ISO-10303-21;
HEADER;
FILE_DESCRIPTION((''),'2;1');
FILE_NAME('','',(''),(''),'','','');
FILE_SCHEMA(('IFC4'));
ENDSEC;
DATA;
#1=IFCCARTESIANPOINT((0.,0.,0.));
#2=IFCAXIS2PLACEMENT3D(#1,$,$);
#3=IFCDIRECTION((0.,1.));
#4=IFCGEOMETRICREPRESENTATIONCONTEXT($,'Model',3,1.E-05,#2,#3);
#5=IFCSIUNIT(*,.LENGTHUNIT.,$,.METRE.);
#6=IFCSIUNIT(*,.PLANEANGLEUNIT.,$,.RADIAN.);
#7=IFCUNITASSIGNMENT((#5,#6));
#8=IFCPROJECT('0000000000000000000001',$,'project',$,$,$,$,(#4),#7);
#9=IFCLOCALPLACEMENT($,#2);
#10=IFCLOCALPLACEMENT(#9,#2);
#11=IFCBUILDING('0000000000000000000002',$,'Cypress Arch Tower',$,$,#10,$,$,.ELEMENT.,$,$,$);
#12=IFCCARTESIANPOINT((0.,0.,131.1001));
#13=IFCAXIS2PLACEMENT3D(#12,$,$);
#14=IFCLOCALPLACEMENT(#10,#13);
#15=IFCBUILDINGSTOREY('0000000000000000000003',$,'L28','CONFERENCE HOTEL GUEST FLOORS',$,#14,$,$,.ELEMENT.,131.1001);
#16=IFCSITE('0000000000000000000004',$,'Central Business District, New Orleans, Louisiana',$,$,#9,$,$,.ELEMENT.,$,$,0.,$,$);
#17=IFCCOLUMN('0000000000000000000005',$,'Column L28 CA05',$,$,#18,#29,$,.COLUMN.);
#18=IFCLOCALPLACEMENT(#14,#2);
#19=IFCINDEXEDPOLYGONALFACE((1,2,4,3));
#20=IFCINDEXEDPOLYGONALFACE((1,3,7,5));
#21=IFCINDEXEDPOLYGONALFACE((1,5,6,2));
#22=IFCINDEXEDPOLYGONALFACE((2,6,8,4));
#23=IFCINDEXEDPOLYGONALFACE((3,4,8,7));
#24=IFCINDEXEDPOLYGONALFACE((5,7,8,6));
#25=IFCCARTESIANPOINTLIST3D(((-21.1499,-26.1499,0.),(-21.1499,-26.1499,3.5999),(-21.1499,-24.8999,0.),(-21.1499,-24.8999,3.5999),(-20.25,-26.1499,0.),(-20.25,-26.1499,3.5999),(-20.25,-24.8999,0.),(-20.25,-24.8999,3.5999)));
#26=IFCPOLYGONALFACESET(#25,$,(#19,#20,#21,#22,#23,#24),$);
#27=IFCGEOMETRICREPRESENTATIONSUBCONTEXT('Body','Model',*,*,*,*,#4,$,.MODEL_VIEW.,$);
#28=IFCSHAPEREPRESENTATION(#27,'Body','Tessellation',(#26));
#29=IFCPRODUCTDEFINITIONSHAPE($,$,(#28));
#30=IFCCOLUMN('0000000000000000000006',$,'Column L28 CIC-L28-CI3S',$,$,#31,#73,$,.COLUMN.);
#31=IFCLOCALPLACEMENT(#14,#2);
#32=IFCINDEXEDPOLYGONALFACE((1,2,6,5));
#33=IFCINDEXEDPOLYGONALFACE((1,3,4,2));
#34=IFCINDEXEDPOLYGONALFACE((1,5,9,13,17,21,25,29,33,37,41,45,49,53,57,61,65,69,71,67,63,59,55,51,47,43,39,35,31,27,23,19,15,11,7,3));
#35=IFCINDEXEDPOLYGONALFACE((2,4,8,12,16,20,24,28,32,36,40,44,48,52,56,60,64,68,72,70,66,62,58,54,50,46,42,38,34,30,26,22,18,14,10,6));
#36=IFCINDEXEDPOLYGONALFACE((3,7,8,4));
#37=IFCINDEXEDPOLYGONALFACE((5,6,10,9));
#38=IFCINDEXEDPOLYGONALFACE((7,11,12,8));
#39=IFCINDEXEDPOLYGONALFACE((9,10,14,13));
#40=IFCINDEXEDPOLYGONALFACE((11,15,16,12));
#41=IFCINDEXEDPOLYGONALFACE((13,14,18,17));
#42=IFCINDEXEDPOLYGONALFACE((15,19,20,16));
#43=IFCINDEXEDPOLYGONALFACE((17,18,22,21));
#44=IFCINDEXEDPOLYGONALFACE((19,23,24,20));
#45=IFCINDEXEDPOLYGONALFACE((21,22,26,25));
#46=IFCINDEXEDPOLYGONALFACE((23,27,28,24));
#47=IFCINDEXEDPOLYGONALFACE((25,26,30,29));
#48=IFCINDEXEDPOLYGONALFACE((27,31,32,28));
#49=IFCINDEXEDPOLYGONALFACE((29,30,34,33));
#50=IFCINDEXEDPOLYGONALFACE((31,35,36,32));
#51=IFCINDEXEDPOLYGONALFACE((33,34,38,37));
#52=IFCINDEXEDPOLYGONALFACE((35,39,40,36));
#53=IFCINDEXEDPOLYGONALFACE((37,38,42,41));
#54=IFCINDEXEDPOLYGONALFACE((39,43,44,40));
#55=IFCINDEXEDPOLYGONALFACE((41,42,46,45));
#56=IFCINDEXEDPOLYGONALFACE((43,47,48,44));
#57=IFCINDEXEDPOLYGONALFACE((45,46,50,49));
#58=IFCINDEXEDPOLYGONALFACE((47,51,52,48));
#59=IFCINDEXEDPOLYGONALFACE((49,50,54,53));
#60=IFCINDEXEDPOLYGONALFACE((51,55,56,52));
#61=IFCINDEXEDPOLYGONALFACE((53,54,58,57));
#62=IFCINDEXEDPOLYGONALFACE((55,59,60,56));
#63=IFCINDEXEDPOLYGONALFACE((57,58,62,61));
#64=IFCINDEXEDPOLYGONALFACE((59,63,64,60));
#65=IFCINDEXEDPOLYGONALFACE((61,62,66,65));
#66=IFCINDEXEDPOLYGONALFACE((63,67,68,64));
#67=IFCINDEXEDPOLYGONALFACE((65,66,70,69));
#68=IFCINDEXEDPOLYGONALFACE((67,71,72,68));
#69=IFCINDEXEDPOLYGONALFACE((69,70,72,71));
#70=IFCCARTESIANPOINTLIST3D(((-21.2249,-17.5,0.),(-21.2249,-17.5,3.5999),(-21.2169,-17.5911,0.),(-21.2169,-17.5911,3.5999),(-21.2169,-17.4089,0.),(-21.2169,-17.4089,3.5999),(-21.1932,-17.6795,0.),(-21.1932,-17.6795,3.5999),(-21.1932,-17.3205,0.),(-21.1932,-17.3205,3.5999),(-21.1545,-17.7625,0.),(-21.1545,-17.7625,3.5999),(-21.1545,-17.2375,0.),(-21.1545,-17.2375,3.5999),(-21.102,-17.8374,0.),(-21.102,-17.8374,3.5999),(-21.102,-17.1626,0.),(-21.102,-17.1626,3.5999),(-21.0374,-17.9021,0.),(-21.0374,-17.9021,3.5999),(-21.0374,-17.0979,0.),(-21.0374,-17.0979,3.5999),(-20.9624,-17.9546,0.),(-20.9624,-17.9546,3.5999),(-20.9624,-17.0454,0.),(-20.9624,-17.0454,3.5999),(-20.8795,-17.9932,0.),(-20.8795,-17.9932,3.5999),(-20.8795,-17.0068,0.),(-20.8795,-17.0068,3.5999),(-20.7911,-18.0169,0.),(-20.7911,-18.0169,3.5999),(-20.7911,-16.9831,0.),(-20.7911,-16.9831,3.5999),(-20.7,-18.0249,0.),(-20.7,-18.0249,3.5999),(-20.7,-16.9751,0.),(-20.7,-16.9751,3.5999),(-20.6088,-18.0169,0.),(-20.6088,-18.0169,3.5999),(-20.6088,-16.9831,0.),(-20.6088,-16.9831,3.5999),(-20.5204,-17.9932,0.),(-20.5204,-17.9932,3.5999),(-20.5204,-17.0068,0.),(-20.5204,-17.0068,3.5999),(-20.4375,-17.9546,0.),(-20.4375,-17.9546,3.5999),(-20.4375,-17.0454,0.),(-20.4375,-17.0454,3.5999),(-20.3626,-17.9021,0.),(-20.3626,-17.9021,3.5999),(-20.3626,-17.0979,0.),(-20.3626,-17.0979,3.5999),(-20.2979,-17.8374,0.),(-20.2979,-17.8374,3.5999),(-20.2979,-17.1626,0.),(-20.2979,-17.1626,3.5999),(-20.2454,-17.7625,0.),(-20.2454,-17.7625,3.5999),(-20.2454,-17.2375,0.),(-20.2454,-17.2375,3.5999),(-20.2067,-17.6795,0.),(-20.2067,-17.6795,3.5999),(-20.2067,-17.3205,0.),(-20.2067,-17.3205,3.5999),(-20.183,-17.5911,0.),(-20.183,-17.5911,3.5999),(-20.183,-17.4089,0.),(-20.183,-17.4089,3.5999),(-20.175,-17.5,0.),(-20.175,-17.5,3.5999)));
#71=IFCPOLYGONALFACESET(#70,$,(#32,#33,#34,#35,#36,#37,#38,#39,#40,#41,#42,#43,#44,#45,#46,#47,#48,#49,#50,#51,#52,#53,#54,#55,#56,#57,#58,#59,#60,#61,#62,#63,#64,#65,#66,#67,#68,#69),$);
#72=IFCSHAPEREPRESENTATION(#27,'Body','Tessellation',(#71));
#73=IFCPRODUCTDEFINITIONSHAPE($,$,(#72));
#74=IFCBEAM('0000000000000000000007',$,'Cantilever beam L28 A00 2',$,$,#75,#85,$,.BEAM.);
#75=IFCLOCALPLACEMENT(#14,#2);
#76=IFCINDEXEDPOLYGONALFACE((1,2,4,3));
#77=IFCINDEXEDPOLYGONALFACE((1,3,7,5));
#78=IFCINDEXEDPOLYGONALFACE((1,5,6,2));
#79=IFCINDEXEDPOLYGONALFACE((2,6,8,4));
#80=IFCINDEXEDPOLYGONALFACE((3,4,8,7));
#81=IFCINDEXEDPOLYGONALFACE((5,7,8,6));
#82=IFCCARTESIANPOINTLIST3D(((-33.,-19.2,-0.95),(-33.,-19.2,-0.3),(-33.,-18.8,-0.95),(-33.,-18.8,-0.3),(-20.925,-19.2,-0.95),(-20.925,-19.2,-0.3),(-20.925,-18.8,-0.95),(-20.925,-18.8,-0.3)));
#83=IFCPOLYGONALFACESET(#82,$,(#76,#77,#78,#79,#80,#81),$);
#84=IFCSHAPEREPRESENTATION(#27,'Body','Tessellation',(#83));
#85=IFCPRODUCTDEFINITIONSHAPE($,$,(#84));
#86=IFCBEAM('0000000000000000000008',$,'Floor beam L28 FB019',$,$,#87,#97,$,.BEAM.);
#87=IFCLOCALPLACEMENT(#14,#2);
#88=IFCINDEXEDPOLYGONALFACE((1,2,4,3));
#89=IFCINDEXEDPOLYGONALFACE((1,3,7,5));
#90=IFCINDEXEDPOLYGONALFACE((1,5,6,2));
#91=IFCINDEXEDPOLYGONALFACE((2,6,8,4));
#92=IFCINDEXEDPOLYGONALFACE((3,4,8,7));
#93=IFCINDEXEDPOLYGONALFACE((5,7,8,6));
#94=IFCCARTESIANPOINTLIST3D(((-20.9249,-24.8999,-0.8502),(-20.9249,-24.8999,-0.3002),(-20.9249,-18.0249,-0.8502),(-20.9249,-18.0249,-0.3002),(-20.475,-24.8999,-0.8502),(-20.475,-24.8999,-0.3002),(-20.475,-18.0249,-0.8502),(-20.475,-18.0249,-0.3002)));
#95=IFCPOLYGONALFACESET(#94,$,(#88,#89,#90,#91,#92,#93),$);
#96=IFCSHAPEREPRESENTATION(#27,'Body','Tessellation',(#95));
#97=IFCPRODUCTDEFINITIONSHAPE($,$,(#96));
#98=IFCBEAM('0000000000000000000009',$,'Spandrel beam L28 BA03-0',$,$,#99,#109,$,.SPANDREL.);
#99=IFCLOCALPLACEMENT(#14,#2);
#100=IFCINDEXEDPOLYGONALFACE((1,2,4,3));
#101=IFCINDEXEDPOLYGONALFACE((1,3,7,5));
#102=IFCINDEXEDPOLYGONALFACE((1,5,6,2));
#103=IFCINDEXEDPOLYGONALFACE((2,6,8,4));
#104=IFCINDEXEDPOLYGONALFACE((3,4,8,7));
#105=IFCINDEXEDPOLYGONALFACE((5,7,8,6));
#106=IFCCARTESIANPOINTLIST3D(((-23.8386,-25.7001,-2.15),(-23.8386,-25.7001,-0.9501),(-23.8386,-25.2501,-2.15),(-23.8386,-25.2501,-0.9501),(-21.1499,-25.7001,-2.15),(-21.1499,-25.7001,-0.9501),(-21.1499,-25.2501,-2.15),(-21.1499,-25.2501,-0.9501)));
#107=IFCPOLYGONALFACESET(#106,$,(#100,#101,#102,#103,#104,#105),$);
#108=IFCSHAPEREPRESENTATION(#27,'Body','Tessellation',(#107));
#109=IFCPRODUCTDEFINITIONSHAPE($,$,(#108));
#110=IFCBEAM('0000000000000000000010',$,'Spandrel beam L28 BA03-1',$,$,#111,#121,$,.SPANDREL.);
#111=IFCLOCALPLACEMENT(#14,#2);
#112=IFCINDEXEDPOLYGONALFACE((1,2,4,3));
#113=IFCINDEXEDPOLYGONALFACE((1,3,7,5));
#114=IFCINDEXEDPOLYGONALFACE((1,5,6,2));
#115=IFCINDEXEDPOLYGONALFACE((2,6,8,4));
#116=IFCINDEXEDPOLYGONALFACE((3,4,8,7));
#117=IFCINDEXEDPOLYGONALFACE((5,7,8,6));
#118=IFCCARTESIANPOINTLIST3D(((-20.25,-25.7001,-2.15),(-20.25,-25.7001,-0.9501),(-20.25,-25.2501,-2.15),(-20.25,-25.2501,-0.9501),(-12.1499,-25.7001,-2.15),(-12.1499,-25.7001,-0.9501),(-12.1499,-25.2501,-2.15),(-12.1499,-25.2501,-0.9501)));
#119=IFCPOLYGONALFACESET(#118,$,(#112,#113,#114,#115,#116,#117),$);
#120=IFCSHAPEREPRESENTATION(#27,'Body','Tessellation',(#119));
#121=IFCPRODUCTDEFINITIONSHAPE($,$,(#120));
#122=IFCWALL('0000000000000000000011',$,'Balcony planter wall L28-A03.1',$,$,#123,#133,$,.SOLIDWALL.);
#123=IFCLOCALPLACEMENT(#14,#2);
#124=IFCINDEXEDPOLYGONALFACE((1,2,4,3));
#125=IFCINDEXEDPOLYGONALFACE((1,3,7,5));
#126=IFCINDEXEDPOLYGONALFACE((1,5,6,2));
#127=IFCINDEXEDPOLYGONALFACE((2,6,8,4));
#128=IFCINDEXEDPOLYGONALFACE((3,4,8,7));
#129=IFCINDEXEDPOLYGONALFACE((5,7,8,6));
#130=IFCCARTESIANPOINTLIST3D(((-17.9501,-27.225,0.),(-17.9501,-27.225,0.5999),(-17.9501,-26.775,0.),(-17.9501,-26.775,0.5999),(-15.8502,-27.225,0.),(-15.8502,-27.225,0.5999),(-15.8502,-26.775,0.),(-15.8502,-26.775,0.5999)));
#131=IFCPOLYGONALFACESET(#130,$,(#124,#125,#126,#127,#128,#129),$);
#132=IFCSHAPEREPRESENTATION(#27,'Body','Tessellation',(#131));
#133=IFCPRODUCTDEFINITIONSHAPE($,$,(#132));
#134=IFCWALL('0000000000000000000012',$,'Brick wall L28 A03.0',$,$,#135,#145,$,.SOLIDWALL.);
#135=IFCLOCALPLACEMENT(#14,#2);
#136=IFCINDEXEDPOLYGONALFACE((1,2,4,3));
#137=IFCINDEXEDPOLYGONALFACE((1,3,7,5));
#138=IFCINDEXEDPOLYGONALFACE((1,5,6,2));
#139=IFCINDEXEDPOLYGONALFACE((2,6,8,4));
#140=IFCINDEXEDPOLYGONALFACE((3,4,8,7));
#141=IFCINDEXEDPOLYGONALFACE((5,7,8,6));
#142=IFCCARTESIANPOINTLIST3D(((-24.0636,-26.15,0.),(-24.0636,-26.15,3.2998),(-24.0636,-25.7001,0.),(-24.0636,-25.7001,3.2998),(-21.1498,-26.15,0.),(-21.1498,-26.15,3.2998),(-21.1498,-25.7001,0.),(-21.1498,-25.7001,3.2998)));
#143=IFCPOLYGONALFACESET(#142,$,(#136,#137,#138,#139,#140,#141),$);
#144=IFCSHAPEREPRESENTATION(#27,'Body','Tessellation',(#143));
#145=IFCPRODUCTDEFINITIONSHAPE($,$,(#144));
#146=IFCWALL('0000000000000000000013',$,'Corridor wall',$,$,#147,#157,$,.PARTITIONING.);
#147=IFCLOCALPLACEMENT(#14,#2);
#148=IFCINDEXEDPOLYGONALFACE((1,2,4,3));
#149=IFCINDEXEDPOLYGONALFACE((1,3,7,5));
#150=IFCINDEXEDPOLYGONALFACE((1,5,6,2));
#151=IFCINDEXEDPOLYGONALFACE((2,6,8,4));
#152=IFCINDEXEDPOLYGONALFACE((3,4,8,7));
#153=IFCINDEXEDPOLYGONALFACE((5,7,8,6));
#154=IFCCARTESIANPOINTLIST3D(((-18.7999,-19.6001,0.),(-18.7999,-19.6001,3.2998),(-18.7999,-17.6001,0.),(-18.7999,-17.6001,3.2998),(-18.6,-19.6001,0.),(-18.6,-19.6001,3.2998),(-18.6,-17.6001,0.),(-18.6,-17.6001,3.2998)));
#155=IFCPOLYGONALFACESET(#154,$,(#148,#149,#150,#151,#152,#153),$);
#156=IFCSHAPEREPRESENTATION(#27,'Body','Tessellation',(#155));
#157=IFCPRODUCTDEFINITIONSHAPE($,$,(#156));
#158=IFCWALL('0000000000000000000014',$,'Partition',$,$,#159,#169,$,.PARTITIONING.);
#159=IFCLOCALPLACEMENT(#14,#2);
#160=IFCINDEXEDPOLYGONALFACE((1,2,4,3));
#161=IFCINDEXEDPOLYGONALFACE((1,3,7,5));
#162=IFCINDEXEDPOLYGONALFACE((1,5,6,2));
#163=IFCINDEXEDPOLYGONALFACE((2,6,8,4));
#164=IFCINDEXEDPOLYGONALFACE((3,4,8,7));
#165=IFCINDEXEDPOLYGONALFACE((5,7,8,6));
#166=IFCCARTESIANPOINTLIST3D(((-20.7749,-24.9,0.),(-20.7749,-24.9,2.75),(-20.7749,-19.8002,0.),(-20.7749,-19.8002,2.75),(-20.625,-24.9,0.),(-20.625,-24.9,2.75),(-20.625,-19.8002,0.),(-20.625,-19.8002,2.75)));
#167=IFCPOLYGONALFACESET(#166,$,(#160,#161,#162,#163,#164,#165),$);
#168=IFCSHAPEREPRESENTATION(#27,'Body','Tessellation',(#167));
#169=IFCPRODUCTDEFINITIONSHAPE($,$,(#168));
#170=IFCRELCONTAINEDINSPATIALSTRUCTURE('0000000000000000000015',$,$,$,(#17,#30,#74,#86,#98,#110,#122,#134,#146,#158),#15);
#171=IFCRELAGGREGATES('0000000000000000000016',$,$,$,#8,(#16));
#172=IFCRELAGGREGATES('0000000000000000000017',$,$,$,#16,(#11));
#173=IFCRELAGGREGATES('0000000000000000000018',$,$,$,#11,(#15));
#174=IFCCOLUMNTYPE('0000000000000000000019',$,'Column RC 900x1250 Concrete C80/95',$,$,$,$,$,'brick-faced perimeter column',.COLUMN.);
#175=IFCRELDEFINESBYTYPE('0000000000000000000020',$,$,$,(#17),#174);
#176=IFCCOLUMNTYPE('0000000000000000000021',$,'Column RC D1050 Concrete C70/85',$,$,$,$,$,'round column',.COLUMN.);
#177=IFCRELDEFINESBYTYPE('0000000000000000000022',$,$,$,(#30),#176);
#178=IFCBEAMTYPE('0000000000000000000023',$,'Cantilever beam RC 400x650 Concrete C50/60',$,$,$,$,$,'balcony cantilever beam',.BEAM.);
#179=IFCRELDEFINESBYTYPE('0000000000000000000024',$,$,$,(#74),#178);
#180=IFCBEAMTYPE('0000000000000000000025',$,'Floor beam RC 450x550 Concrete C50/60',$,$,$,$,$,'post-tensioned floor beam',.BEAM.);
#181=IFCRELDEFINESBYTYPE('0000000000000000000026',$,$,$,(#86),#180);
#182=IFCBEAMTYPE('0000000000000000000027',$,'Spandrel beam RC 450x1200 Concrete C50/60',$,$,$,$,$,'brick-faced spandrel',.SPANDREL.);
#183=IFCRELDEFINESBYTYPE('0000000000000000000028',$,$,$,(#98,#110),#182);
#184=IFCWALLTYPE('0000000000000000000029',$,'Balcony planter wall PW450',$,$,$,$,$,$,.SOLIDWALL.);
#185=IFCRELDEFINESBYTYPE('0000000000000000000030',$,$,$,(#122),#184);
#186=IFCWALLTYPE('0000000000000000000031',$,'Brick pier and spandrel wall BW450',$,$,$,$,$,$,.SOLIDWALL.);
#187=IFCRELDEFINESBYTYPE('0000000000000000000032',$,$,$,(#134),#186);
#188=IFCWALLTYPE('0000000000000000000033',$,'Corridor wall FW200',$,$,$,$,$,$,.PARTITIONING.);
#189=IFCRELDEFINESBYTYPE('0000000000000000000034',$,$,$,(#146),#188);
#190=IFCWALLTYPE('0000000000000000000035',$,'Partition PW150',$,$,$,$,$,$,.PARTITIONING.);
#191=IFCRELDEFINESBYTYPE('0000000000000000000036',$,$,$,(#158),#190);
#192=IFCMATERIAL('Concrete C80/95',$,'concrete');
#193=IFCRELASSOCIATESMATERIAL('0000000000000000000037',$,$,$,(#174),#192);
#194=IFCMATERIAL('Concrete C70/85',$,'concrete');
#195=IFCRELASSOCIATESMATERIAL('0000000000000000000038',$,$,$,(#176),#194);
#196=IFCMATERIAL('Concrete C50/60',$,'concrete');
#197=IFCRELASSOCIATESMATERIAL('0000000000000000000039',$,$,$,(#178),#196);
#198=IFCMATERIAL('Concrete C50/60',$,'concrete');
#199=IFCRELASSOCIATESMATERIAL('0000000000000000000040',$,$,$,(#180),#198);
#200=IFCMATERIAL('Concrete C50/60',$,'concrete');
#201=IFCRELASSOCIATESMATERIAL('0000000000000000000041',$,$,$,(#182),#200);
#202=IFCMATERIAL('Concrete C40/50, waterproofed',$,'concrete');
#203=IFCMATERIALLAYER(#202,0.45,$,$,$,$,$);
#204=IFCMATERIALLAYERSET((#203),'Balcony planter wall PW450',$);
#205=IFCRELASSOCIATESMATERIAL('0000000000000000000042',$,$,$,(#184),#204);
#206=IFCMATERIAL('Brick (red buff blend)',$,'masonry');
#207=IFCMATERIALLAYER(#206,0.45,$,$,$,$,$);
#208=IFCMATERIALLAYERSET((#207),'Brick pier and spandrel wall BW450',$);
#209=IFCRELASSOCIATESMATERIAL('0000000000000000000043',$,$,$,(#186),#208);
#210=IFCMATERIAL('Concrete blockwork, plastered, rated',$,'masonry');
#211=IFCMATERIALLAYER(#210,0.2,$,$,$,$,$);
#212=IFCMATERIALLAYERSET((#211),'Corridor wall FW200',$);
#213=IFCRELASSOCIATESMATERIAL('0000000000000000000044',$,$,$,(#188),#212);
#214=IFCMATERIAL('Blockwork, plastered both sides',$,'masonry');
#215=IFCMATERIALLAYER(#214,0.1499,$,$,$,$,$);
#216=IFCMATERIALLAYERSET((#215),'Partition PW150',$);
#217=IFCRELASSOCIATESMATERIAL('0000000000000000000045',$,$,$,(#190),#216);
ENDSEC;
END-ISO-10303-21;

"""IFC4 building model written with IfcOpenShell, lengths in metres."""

from ifc_helpers import new_model, si_unit, direction, frame, frame_2d, origin, origin_2d, place, context, subcontext, project, spatial, rectangle, circle, extrude, material, layer, layer_set, material_profile, profile_set, type_object, element, save


model = new_model("IFC4")

# Units and contexts
model_context = context("Model", 3, precision=1e-05, world=origin(), true_north=direction((0.0, 1.0)))
body_context = subcontext(model_context, "Body", "Model", "MODEL_VIEW")
ifc_project = project(units=[si_unit("LENGTHUNIT", "METRE"), si_unit("PLANEANGLEUNIT", "RADIAN")], contexts=[model_context])

# Site, building, storey
site_placement = place(None, origin())
site = spatial("IfcSite", under=ifc_project, at=site_placement, Name="Central Business District, New Orleans, Louisiana", CompositionType="ELEMENT", RefElevation=0.0)
building_placement = place(site_placement, origin())
building = spatial("IfcBuilding", under=site, at=building_placement, Name="Cypress Arch Tower", CompositionType="ELEMENT")
storey_placement = place(building_placement, frame((0.0, 0.0, 131.1001)))
storey = spatial("IfcBuildingStorey", under=building, at=storey_placement, Name="L28", Description="CONFERENCE HOTEL GUEST FLOORS", CompositionType="ELEMENT", Elevation=131.1001)

# Columns
ifc_material_1 = material(Name="Concrete C80/95", Category="concrete")
ifc_material_profile_1 = material_profile(ifc_material_1, rectangle(XDim=0.8999, YDim=1.25, at=origin_2d()), Name="RC 900x1250")
ifc_profile_set_1 = profile_set([ifc_material_profile_1], Name="Concrete C80/95")
column_type_1 = type_object("IfcColumnType", Name="Column RC 900x1250 Concrete C80/95", ElementType="brick-faced perimeter column", PredefinedType="COLUMN", material=ifc_profile_set_1)
column_1_placement = place(storey_placement, frame((-20.7, -25.5249, 0.0), z_axis=(0.0, 0.0, 1.0), x_axis=(1.0, 0.0, 0.0)))
element("IfcColumn", 1, at=column_1_placement, inside=storey, type_object=column_type_1, Name="Column L28 CA05", PredefinedType="COLUMN", context=body_context, shape_type="SweptSolid", body=[
    extrude(rectangle(XDim=0.8999, YDim=1.25, at=origin_2d()), origin(), (0.0, 0.0, 1.0), 3.5999),
])
ifc_material_2 = material(Name="Concrete C70/85", Category="concrete")
ifc_material_profile_2 = material_profile(ifc_material_2, circle(Radius=0.5249, at=origin_2d()), Name="RC D1050")
ifc_profile_set_2 = profile_set([ifc_material_profile_2], Name="Concrete C70/85")
column_type_2 = type_object("IfcColumnType", Name="Column RC D1050 Concrete C70/85", ElementType="round column", PredefinedType="COLUMN", material=ifc_profile_set_2)
column_2_placement = place(storey_placement, frame((-20.7, -17.5, 0.0), z_axis=(0.0, 0.0, 1.0), x_axis=(1.0, 0.0, 0.0)))
element("IfcColumn", 2, at=column_2_placement, inside=storey, type_object=column_type_2, Name="Column L28 CIC-L28-CI3S", PredefinedType="COLUMN", context=body_context, shape_type="SweptSolid", body=[
    extrude(circle(Radius=0.5249, at=origin_2d()), origin(), (0.0, 0.0, 1.0), 3.5999),
])

# Beams
ifc_material_3 = material(Name="Concrete C50/60", Category="concrete")
ifc_material_profile_3 = material_profile(ifc_material_3, rectangle(XDim=0.3999, YDim=0.6499, at=origin_2d()), Name="RC 400x650")
ifc_profile_set_3 = profile_set([ifc_material_profile_3], Name="Concrete C50/60")
beam_type_1 = type_object("IfcBeamType", Name="Cantilever beam RC 400x650 Concrete C50/60", ElementType="balcony cantilever beam", PredefinedType="BEAM", material=ifc_profile_set_3)
beam_1_placement = place(storey_placement, frame((-20.925, -19.0, -0.625), z_axis=(-1.0, 0.0, 0.0), x_axis=(0.0, -1.0, 0.0)))
element("IfcBeam", 3, at=beam_1_placement, inside=storey, type_object=beam_type_1, Name="Cantilever beam L28 A00 2", PredefinedType="BEAM", context=body_context, shape_type="SweptSolid", body=[
    extrude(rectangle(XDim=0.3999, YDim=0.6499, at=origin_2d()), origin(), (0.0, 0.0, 1.0), 12.075),
])
ifc_material_4 = material(Name="Concrete C50/60", Category="concrete")
ifc_material_profile_4 = material_profile(ifc_material_4, rectangle(XDim=0.45, YDim=0.55, at=origin_2d()), Name="RC 450x550")
ifc_profile_set_4 = profile_set([ifc_material_profile_4], Name="Concrete C50/60")
beam_type_2 = type_object("IfcBeamType", Name="Floor beam RC 450x550 Concrete C50/60", ElementType="post-tensioned floor beam", PredefinedType="BEAM", material=ifc_profile_set_4)
beam_2_placement = place(storey_placement, frame((-20.7, -24.8999, -0.5752), z_axis=(0.0, 1.0, 0.0), x_axis=(-1.0, 0.0, 0.0)))
element("IfcBeam", 4, at=beam_2_placement, inside=storey, type_object=beam_type_2, Name="Floor beam L28 FB019", PredefinedType="BEAM", context=body_context, shape_type="SweptSolid", body=[
    extrude(rectangle(XDim=0.45, YDim=0.55, at=origin_2d()), origin(), (0.0, 0.0, 1.0), 6.875),
])
ifc_material_5 = material(Name="Concrete C50/60", Category="concrete")
ifc_material_profile_5 = material_profile(ifc_material_5, rectangle(XDim=0.45, YDim=1.2, at=origin_2d()), Name="RC 450x1200")
ifc_profile_set_5 = profile_set([ifc_material_profile_5], Name="Concrete C50/60")
beam_type_3 = type_object("IfcBeamType", Name="Spandrel beam RC 450x1200 Concrete C50/60", ElementType="brick-faced spandrel", PredefinedType="SPANDREL", material=ifc_profile_set_5)
beam_3_placement = place(storey_placement, frame((-23.8386, -25.4751, -1.55), z_axis=(1.0, 0.0, 0.0), x_axis=(0.0, 1.0, 0.0)))
element("IfcBeam", 5, at=beam_3_placement, inside=storey, type_object=beam_type_3, Name="Spandrel beam L28 BA03-0", PredefinedType="SPANDREL", context=body_context, shape_type="SweptSolid", body=[
    extrude(rectangle(XDim=0.45, YDim=1.2, at=origin_2d()), origin(), (0.0, 0.0, 1.0), 2.6887),
])
beam_4_placement = place(storey_placement, frame((-20.25, -25.4751, -1.55), z_axis=(1.0, 0.0, 0.0), x_axis=(0.0, 1.0, 0.0)))
element("IfcBeam", 6, at=beam_4_placement, inside=storey, type_object=beam_type_3, Name="Spandrel beam L28 BA03-1", PredefinedType="SPANDREL", context=body_context, shape_type="SweptSolid", body=[
    extrude(rectangle(XDim=0.45, YDim=1.2, at=origin_2d()), origin(), (0.0, 0.0, 1.0), 8.1001),
])

# Walls
ifc_material_6 = material(Name="Concrete C40/50, waterproofed", Category="concrete")
ifc_layer_1 = layer(ifc_material_6, 0.45)
ifc_layer_set_1 = layer_set([ifc_layer_1], Name="Balcony planter wall PW450")
wall_type_1 = type_object("IfcWallType", Name="Balcony planter wall PW450", PredefinedType="SOLIDWALL", material=ifc_layer_set_1)
wall_1_placement = place(storey_placement, frame((-17.95, -27.0, 0.0), z_axis=(0.0, 0.0, 1.0), x_axis=(1.0, 0.0, 0.0)))
element("IfcWall", 7, at=wall_1_placement, inside=storey, type_object=wall_type_1, Name="Balcony planter wall L28-A03.1", PredefinedType="SOLIDWALL", context=body_context, shape_type="SweptSolid", body=[
    extrude(rectangle(XDim=2.0999, YDim=0.45, at=frame_2d((1.0498, 0.0))), origin(), (0.0, 0.0, 1.0), 0.5999),
])
ifc_material_7 = material(Name="Brick (red buff blend)", Category="masonry")
ifc_layer_2 = layer(ifc_material_7, 0.45)
ifc_layer_set_2 = layer_set([ifc_layer_2], Name="Brick pier and spandrel wall BW450")
wall_type_2 = type_object("IfcWallType", Name="Brick pier and spandrel wall BW450", PredefinedType="SOLIDWALL", material=ifc_layer_set_2)
wall_2_placement = place(storey_placement, frame((-24.0637, -25.925, 0.0), z_axis=(0.0, 0.0, 1.0), x_axis=(1.0, 0.0, 0.0)))
element("IfcWall", 8, at=wall_2_placement, inside=storey, type_object=wall_type_2, Name="Brick wall L28 A03.0", PredefinedType="SOLIDWALL", context=body_context, shape_type="SweptSolid", body=[
    extrude(rectangle(XDim=2.9138, YDim=0.45, at=frame_2d((1.457, 0.0))), origin(), (0.0, 0.0, 1.0), 3.2998),
])

# Shared definitions
ifc_material_8 = material(Name="Concrete blockwork, plastered, rated", Category="masonry")
ifc_layer_3 = layer(ifc_material_8, 0.2)
ifc_layer_set_3 = layer_set([ifc_layer_3], Name="Corridor wall FW200")
wall_type_3 = type_object("IfcWallType", Name="Corridor wall FW200", PredefinedType="PARTITIONING", material=ifc_layer_set_3)

# Walls
wall_3_placement = place(storey_placement, frame((-18.7, -19.6001, 0.0), z_axis=(0.0, 0.0, 1.0), x_axis=(0.0, 1.0, 0.0)))
element("IfcWall", 9, at=wall_3_placement, inside=storey, type_object=wall_type_3, Name="Corridor wall", PredefinedType="PARTITIONING", context=body_context, shape_type="SweptSolid", body=[
    extrude(rectangle(XDim=2.0, YDim=0.2, at=frame_2d((1.0, 0.0))), origin(), (0.0, 0.0, 1.0), 3.2998),
])
ifc_material_9 = material(Name="Blockwork, plastered both sides", Category="masonry")
ifc_layer_4 = layer(ifc_material_9, 0.1499)
ifc_layer_set_4 = layer_set([ifc_layer_4], Name="Partition PW150")
wall_type_4 = type_object("IfcWallType", Name="Partition PW150", PredefinedType="PARTITIONING", material=ifc_layer_set_4)
wall_4_placement = place(storey_placement, frame((-20.7, -24.8999, 0.0), z_axis=(0.0, 0.0, 1.0), x_axis=(0.0, 1.0, 0.0)))
element("IfcWall", 10, at=wall_4_placement, inside=storey, type_object=wall_type_4, Name="Partition", PredefinedType="PARTITIONING", context=body_context, shape_type="SweptSolid", body=[
    extrude(rectangle(XDim=5.0999, YDim=0.1499, at=frame_2d((2.5498, 0.0))), origin(), (0.0, 0.0, 1.0), 2.75),
])

save(model, "model.ifc")
